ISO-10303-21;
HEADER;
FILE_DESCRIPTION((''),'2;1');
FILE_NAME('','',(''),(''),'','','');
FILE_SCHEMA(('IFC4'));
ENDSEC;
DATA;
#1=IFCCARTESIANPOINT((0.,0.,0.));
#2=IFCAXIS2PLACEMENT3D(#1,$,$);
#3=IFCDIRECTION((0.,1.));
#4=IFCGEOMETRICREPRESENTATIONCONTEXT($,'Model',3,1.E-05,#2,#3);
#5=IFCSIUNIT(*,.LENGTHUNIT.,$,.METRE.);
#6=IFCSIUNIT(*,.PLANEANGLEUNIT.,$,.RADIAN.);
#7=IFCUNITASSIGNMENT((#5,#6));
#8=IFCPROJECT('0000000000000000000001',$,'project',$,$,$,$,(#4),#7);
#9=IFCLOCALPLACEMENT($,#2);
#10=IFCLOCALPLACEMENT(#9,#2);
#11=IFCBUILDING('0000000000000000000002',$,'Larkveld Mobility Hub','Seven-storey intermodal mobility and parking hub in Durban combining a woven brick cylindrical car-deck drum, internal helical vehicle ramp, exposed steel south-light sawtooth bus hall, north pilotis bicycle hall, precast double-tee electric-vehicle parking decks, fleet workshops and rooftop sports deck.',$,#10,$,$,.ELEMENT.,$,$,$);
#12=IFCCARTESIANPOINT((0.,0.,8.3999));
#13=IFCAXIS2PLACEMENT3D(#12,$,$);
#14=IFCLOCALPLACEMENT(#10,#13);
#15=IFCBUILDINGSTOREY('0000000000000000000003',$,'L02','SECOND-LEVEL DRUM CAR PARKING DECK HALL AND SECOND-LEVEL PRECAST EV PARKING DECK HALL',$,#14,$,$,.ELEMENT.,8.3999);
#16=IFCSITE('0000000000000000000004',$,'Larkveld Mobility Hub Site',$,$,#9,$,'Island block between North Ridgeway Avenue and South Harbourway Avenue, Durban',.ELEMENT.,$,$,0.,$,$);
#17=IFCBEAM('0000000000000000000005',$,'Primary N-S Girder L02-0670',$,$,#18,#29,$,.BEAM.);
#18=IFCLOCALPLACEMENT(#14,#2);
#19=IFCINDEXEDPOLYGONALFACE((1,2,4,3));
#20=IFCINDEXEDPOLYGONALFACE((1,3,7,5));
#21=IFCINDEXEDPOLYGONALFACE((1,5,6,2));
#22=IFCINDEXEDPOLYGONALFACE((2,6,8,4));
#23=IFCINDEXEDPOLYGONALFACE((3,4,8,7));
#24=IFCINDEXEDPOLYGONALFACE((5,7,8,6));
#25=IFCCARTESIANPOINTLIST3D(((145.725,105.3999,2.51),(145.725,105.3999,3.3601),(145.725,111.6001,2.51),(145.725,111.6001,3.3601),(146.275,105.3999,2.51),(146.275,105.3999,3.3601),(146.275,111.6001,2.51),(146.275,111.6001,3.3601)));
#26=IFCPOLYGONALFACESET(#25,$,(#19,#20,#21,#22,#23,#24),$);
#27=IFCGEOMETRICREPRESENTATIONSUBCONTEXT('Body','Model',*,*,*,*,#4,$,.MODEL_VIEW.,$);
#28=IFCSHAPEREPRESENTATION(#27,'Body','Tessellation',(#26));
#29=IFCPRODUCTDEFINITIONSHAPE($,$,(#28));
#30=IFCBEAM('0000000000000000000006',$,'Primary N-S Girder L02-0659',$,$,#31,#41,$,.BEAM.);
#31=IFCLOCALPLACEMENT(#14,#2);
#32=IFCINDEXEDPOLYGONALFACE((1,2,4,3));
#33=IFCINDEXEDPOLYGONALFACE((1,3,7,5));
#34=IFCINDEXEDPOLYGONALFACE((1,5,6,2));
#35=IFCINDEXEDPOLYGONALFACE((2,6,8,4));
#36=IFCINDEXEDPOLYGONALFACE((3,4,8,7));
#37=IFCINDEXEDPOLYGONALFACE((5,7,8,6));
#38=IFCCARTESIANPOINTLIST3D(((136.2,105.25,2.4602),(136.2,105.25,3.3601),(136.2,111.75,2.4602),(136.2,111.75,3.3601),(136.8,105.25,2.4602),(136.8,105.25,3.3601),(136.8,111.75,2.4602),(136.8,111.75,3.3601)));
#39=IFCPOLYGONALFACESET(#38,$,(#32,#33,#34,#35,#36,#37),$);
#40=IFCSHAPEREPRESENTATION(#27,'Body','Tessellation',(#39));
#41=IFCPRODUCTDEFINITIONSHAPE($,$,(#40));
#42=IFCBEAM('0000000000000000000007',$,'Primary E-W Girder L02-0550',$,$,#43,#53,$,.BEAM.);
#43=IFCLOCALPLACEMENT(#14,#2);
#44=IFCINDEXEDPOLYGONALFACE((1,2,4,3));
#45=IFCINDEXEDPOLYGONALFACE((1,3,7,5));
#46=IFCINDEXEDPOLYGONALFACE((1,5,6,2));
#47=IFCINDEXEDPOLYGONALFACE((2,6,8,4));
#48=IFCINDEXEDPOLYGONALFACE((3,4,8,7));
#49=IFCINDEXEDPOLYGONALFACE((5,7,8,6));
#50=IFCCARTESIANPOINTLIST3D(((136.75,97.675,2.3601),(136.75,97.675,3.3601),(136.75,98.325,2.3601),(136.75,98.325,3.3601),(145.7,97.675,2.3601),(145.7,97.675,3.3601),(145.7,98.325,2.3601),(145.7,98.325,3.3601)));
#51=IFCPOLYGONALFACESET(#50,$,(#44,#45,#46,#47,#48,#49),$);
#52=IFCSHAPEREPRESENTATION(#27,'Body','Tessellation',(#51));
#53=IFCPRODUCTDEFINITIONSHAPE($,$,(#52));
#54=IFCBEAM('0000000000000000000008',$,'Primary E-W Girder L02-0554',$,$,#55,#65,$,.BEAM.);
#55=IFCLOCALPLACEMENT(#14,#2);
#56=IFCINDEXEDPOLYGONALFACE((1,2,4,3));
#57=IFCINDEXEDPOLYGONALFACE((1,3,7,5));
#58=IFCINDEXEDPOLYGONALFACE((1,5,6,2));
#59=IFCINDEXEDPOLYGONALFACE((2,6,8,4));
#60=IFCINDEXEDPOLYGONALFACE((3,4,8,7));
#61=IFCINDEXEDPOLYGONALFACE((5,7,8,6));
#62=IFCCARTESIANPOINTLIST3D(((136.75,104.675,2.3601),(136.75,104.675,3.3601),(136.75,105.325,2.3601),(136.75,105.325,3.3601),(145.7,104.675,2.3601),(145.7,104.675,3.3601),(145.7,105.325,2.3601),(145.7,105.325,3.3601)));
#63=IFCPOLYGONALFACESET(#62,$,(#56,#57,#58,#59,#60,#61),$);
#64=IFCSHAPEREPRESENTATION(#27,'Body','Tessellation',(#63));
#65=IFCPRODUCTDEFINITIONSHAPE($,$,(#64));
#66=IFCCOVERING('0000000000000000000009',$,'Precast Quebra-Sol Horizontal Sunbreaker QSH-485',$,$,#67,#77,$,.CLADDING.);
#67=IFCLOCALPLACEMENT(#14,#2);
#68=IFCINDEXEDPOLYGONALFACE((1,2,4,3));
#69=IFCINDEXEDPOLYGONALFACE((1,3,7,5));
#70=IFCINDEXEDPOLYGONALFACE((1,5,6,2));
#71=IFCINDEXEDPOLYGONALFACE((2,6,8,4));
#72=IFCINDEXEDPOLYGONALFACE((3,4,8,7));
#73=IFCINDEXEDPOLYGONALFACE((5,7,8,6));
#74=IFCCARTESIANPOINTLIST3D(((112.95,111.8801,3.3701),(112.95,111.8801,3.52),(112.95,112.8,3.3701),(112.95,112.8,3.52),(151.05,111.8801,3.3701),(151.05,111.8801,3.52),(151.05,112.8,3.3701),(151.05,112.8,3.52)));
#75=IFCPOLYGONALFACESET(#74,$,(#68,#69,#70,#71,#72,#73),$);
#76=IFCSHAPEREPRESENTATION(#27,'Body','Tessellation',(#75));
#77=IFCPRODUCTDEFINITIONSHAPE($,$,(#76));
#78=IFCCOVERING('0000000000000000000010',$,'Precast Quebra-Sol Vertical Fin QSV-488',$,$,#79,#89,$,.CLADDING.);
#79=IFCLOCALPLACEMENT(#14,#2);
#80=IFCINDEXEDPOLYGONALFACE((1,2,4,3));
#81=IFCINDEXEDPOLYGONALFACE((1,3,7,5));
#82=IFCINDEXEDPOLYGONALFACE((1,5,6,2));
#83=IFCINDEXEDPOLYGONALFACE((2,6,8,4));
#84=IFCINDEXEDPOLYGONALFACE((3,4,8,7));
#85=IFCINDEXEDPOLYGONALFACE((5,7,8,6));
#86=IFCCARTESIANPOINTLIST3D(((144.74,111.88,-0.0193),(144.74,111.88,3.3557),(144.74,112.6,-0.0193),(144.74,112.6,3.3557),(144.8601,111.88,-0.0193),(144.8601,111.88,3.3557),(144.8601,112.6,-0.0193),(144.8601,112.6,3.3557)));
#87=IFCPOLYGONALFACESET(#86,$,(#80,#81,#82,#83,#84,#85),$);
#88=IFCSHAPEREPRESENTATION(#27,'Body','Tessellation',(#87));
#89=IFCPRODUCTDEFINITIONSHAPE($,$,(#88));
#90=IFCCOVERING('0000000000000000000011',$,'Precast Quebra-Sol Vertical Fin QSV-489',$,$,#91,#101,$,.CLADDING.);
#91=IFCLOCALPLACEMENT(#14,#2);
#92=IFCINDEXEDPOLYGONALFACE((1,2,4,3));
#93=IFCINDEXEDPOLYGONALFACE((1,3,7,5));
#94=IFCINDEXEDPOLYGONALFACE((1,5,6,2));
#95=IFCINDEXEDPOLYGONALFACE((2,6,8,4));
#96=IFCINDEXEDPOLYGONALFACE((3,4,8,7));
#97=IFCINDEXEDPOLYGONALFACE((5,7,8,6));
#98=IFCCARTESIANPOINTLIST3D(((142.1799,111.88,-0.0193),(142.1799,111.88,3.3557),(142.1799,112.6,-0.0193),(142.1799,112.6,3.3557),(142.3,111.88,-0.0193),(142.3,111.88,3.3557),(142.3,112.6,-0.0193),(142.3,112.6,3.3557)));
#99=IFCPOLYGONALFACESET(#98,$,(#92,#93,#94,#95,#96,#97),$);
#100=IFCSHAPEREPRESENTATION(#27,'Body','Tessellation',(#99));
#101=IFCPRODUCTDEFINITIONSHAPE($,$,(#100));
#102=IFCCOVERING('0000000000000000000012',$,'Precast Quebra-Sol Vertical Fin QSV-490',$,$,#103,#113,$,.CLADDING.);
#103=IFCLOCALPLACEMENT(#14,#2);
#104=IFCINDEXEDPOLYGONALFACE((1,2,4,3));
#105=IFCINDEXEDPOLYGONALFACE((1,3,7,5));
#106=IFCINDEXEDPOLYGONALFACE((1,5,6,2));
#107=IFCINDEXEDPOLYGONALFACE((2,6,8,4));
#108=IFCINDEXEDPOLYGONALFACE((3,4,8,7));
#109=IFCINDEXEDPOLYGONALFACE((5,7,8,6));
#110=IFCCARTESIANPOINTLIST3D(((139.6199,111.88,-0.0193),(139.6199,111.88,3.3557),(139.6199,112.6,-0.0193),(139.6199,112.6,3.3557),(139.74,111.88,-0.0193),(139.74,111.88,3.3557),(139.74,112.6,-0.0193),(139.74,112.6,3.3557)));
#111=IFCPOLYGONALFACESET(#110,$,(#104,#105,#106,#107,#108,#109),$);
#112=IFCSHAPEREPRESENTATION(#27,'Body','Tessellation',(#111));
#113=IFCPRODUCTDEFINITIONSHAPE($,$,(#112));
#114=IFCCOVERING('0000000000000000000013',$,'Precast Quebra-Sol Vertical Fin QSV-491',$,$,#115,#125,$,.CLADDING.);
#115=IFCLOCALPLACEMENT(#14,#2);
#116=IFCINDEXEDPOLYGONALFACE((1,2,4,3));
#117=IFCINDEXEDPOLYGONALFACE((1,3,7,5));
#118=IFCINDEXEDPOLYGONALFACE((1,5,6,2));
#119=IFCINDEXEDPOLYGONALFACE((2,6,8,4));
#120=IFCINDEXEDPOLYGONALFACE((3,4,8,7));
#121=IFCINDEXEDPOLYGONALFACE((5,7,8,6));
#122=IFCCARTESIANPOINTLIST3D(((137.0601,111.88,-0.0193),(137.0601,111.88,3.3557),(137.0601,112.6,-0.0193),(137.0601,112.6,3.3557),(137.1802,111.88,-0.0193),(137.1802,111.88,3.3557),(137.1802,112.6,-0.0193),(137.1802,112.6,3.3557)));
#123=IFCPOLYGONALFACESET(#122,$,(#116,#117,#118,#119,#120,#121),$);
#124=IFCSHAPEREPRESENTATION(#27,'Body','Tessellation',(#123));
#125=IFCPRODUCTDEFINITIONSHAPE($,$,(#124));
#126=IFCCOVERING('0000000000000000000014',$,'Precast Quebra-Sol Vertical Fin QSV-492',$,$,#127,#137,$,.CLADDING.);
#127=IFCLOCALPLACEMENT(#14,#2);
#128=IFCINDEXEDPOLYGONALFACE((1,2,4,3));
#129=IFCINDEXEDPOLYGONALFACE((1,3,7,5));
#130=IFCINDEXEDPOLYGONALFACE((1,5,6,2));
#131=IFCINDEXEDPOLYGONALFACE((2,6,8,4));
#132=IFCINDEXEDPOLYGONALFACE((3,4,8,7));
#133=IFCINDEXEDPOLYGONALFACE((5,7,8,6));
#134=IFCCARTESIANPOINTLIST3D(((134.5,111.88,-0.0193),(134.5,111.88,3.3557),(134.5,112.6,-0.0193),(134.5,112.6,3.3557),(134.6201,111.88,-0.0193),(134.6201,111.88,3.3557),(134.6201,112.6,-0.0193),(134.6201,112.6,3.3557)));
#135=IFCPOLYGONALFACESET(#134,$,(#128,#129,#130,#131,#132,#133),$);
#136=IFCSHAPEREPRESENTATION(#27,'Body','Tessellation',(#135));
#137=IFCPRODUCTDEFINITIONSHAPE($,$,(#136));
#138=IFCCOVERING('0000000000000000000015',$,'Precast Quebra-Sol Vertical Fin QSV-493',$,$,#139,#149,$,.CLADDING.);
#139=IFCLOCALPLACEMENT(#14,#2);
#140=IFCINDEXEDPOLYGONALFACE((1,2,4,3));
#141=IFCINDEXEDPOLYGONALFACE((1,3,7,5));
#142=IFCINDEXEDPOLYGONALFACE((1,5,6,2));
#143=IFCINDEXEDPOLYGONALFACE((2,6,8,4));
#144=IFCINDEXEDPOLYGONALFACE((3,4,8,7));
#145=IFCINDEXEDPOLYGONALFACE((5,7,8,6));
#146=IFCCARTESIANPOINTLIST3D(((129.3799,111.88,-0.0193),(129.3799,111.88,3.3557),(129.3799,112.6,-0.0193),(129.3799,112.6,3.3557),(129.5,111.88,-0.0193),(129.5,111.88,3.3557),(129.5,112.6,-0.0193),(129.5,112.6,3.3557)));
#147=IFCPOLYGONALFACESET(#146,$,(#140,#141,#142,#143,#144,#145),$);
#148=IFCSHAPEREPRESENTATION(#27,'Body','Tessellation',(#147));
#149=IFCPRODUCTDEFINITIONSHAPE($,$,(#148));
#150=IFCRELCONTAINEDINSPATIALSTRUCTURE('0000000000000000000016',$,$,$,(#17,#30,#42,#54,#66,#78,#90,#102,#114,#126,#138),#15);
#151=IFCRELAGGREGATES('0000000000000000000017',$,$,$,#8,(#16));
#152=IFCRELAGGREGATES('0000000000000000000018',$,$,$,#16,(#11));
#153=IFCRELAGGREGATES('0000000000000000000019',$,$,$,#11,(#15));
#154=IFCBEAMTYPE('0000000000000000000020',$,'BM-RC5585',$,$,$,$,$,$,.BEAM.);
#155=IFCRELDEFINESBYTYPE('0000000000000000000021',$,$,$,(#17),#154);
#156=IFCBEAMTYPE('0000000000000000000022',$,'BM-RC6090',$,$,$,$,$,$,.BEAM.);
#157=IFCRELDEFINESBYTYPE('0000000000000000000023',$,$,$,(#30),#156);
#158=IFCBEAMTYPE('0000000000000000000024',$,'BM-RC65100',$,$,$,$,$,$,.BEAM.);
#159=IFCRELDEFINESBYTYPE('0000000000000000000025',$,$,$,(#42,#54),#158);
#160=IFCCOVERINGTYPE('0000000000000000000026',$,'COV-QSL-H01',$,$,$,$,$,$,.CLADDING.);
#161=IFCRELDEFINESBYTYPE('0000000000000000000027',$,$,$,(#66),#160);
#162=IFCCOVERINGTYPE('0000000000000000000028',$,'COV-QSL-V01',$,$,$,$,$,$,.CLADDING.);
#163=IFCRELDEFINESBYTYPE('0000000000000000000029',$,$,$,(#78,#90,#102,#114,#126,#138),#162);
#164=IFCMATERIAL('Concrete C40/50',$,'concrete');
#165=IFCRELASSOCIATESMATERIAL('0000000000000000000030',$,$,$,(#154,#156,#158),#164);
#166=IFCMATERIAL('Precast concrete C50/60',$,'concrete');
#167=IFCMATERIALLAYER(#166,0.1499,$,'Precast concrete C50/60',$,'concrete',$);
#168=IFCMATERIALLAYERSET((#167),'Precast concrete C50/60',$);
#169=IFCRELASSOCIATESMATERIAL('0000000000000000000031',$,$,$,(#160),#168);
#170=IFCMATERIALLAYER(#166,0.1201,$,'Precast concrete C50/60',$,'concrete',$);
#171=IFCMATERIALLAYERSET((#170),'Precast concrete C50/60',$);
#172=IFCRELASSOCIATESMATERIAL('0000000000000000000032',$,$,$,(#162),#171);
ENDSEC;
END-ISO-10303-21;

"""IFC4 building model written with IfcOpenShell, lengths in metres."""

from ifc_helpers import new_model, si_unit, direction, frame, origin, origin_2d, place, context, subcontext, project, spatial, rectangle, extrude, material, layer, layer_set, material_profile, profile_set, type_object, element, save


model = new_model("IFC4")

# Units and contexts
model_context = context("Model", 3, precision=1e-05, world=origin(), true_north=direction((0.0, 1.0)))
body_context = subcontext(model_context, "Body", "Model", "MODEL_VIEW")
ifc_project = project(units=[si_unit("LENGTHUNIT", "METRE"), si_unit("PLANEANGLEUNIT", "RADIAN")], contexts=[model_context])

# Site, building, storey
site_placement = place(None, origin())
site = spatial("IfcSite", under=ifc_project, at=site_placement, Name="Larkveld Mobility Hub Site", LongName="Island block between North Ridgeway Avenue and South Harbourway Avenue, Durban", CompositionType="ELEMENT", RefElevation=0.0)
building_placement = place(site_placement, origin())
building = spatial("IfcBuilding", under=site, at=building_placement, Name="Larkveld Mobility Hub", Description="Seven-storey intermodal mobility and parking hub in Durban combining a woven brick cylindrical car-deck drum, internal helical vehicle ramp, exposed steel south-light sawtooth bus hall, north pilotis bicycle hall, precast double-tee electric-vehicle parking decks, fleet workshops and rooftop sports deck.", CompositionType="ELEMENT")
storey_placement = place(building_placement, frame((0.0, 0.0, 8.3999)))
storey = spatial("IfcBuildingStorey", under=building, at=storey_placement, Name="L02", Description="SECOND-LEVEL DRUM CAR PARKING DECK HALL AND SECOND-LEVEL PRECAST EV PARKING DECK HALL", CompositionType="ELEMENT", Elevation=8.3999)

# Shared definitions
ifc_material_1 = material(Name="Precast concrete C50/60", Category="concrete")
ifc_material_2 = material(Name="Concrete C40/50", Category="concrete")

# Beams
ifc_material_profile_1 = material_profile(ifc_material_2, rectangle(XDim=0.55, YDim=0.8501, at=origin_2d()), Name="RC BM 550x850")
ifc_profile_set_1 = profile_set([ifc_material_profile_1], Name="Concrete C40/50")
beam_type_1 = type_object("IfcBeamType", Name="BM-RC5585", PredefinedType="BEAM", material=ifc_profile_set_1)
for number, where, z_axis, x_axis, name in (
    (1, (146.0, 105.3999, 2.9351), (0.0, 1.0, 0.0), (-1.0, 0.0, 0.0), "Primary N-S Girder L02-0670"),
):
    element("IfcBeam", number, at=place(storey_placement, frame(where, z_axis=z_axis, x_axis=x_axis)), inside=storey, type_object=beam_type_1, Name=name, PredefinedType="BEAM", context=body_context, shape_type="SweptSolid", body=[
        extrude(rectangle(XDim=0.55, YDim=0.8501, at=origin_2d()), origin(), (0.0, 0.0, 1.0), 6.2002),
    ])
ifc_material_profile_2 = material_profile(ifc_material_2, rectangle(XDim=0.6001, YDim=0.8999, at=origin_2d()), Name="RC BM 600x900")
ifc_profile_set_2 = profile_set([ifc_material_profile_2], Name="Concrete C40/50")
beam_type_2 = type_object("IfcBeamType", Name="BM-RC6090", PredefinedType="BEAM", material=ifc_profile_set_2)
beam_1_placement = place(storey_placement, frame((136.5, 105.25, 2.9102), z_axis=(0.0, 1.0, 0.0), x_axis=(-1.0, 0.0, 0.0)))
element("IfcBeam", 2, at=beam_1_placement, inside=storey, type_object=beam_type_2, Name="Primary N-S Girder L02-0659", PredefinedType="BEAM", context=body_context, shape_type="SweptSolid", body=[
    extrude(rectangle(XDim=0.6001, YDim=0.8999, at=origin_2d()), origin(), (0.0, 0.0, 1.0), 6.5),
])
ifc_material_profile_3 = material_profile(ifc_material_2, rectangle(XDim=0.6499, YDim=1.0, at=origin_2d()), Name="RC BM 650x1000")
ifc_profile_set_3 = profile_set([ifc_material_profile_3], Name="Concrete C40/50")
beam_type_3 = type_object("IfcBeamType", Name="BM-RC65100", PredefinedType="BEAM", material=ifc_profile_set_3)
for number, where, z_axis, x_axis, name in (
    (3, (136.75, 98.0, 2.8601), (1.0, 0.0, 0.0), (0.0, 1.0, 0.0), "Primary E-W Girder L02-0550"),
    (4, (136.75, 105.0, 2.8601), (1.0, 0.0, 0.0), (0.0, 1.0, 0.0), "Primary E-W Girder L02-0554"),
):
    element("IfcBeam", number, at=place(storey_placement, frame(where, z_axis=z_axis, x_axis=x_axis)), inside=storey, type_object=beam_type_3, Name=name, PredefinedType="BEAM", context=body_context, shape_type="SweptSolid", body=[
        extrude(rectangle(XDim=0.6499, YDim=1.0, at=origin_2d()), origin(), (0.0, 0.0, 1.0), 8.95),
    ])

# Coverings
ifc_layer_1 = layer(ifc_material_1, 0.1499, Name="Precast concrete C50/60", Category="concrete")
ifc_layer_set_1 = layer_set([ifc_layer_1], Name="Precast concrete C50/60")
covering_type_1 = type_object("IfcCoveringType", Name="COV-QSL-H01", PredefinedType="CLADDING", material=ifc_layer_set_1)
covering_placement = place(storey_placement, frame((132.0, 112.3401, 3.3701), z_axis=(0.0, 0.0, 1.0), x_axis=(-1.0, 0.0, 0.0)))
element("IfcCovering", 5, at=covering_placement, inside=storey, type_object=covering_type_1, Name="Precast Quebra-Sol Horizontal Sunbreaker QSH-485", PredefinedType="CLADDING", context=body_context, shape_type="SweptSolid", body=[
    extrude(rectangle(XDim=38.1001, YDim=0.9199, at=origin_2d()), origin(), (0.0, 0.0, 1.0), 0.1499),
])
ifc_layer_2 = layer(ifc_material_1, 0.1201, Name="Precast concrete C50/60", Category="concrete")
ifc_layer_set_2 = layer_set([ifc_layer_2], Name="Precast concrete C50/60")
covering_type_2 = type_object("IfcCoveringType", Name="COV-QSL-V01", PredefinedType="CLADDING", material=ifc_layer_set_2)
for number, where, z_axis, x_axis, name in (
    (6, (144.8, 112.24, -0.0193), (0.0, 0.0, 1.0), (-1.0, 0.0, 0.0), "Precast Quebra-Sol Vertical Fin QSV-488"),
    (7, (142.24, 112.24, -0.0193), (0.0, 0.0, 1.0), (-1.0, 0.0, 0.0), "Precast Quebra-Sol Vertical Fin QSV-489"),
    (8, (139.6799, 112.24, -0.0193), (0.0, 0.0, 1.0), (-1.0, 0.0, 0.0), "Precast Quebra-Sol Vertical Fin QSV-490"),
    (9, (137.1201, 112.24, -0.0193), (0.0, 0.0, 1.0), (-1.0, 0.0, 0.0), "Precast Quebra-Sol Vertical Fin QSV-491"),
    (10, (134.5601, 112.24, -0.0193), (0.0, 0.0, 1.0), (-1.0, 0.0, 0.0), "Precast Quebra-Sol Vertical Fin QSV-492"),
    (11, (129.4399, 112.24, -0.0193), (0.0, 0.0, 1.0), (-1.0, 0.0, 0.0), "Precast Quebra-Sol Vertical Fin QSV-493"),
):
    element("IfcCovering", number, at=place(storey_placement, frame(where, z_axis=z_axis, x_axis=x_axis)), inside=storey, type_object=covering_type_2, Name=name, PredefinedType="CLADDING", context=body_context, shape_type="SweptSolid", body=[
        extrude(rectangle(XDim=0.1201, YDim=0.72, at=origin_2d()), origin(), (0.0, 0.0, 1.0), 3.375),
    ])

save(model, "model.ifc")
